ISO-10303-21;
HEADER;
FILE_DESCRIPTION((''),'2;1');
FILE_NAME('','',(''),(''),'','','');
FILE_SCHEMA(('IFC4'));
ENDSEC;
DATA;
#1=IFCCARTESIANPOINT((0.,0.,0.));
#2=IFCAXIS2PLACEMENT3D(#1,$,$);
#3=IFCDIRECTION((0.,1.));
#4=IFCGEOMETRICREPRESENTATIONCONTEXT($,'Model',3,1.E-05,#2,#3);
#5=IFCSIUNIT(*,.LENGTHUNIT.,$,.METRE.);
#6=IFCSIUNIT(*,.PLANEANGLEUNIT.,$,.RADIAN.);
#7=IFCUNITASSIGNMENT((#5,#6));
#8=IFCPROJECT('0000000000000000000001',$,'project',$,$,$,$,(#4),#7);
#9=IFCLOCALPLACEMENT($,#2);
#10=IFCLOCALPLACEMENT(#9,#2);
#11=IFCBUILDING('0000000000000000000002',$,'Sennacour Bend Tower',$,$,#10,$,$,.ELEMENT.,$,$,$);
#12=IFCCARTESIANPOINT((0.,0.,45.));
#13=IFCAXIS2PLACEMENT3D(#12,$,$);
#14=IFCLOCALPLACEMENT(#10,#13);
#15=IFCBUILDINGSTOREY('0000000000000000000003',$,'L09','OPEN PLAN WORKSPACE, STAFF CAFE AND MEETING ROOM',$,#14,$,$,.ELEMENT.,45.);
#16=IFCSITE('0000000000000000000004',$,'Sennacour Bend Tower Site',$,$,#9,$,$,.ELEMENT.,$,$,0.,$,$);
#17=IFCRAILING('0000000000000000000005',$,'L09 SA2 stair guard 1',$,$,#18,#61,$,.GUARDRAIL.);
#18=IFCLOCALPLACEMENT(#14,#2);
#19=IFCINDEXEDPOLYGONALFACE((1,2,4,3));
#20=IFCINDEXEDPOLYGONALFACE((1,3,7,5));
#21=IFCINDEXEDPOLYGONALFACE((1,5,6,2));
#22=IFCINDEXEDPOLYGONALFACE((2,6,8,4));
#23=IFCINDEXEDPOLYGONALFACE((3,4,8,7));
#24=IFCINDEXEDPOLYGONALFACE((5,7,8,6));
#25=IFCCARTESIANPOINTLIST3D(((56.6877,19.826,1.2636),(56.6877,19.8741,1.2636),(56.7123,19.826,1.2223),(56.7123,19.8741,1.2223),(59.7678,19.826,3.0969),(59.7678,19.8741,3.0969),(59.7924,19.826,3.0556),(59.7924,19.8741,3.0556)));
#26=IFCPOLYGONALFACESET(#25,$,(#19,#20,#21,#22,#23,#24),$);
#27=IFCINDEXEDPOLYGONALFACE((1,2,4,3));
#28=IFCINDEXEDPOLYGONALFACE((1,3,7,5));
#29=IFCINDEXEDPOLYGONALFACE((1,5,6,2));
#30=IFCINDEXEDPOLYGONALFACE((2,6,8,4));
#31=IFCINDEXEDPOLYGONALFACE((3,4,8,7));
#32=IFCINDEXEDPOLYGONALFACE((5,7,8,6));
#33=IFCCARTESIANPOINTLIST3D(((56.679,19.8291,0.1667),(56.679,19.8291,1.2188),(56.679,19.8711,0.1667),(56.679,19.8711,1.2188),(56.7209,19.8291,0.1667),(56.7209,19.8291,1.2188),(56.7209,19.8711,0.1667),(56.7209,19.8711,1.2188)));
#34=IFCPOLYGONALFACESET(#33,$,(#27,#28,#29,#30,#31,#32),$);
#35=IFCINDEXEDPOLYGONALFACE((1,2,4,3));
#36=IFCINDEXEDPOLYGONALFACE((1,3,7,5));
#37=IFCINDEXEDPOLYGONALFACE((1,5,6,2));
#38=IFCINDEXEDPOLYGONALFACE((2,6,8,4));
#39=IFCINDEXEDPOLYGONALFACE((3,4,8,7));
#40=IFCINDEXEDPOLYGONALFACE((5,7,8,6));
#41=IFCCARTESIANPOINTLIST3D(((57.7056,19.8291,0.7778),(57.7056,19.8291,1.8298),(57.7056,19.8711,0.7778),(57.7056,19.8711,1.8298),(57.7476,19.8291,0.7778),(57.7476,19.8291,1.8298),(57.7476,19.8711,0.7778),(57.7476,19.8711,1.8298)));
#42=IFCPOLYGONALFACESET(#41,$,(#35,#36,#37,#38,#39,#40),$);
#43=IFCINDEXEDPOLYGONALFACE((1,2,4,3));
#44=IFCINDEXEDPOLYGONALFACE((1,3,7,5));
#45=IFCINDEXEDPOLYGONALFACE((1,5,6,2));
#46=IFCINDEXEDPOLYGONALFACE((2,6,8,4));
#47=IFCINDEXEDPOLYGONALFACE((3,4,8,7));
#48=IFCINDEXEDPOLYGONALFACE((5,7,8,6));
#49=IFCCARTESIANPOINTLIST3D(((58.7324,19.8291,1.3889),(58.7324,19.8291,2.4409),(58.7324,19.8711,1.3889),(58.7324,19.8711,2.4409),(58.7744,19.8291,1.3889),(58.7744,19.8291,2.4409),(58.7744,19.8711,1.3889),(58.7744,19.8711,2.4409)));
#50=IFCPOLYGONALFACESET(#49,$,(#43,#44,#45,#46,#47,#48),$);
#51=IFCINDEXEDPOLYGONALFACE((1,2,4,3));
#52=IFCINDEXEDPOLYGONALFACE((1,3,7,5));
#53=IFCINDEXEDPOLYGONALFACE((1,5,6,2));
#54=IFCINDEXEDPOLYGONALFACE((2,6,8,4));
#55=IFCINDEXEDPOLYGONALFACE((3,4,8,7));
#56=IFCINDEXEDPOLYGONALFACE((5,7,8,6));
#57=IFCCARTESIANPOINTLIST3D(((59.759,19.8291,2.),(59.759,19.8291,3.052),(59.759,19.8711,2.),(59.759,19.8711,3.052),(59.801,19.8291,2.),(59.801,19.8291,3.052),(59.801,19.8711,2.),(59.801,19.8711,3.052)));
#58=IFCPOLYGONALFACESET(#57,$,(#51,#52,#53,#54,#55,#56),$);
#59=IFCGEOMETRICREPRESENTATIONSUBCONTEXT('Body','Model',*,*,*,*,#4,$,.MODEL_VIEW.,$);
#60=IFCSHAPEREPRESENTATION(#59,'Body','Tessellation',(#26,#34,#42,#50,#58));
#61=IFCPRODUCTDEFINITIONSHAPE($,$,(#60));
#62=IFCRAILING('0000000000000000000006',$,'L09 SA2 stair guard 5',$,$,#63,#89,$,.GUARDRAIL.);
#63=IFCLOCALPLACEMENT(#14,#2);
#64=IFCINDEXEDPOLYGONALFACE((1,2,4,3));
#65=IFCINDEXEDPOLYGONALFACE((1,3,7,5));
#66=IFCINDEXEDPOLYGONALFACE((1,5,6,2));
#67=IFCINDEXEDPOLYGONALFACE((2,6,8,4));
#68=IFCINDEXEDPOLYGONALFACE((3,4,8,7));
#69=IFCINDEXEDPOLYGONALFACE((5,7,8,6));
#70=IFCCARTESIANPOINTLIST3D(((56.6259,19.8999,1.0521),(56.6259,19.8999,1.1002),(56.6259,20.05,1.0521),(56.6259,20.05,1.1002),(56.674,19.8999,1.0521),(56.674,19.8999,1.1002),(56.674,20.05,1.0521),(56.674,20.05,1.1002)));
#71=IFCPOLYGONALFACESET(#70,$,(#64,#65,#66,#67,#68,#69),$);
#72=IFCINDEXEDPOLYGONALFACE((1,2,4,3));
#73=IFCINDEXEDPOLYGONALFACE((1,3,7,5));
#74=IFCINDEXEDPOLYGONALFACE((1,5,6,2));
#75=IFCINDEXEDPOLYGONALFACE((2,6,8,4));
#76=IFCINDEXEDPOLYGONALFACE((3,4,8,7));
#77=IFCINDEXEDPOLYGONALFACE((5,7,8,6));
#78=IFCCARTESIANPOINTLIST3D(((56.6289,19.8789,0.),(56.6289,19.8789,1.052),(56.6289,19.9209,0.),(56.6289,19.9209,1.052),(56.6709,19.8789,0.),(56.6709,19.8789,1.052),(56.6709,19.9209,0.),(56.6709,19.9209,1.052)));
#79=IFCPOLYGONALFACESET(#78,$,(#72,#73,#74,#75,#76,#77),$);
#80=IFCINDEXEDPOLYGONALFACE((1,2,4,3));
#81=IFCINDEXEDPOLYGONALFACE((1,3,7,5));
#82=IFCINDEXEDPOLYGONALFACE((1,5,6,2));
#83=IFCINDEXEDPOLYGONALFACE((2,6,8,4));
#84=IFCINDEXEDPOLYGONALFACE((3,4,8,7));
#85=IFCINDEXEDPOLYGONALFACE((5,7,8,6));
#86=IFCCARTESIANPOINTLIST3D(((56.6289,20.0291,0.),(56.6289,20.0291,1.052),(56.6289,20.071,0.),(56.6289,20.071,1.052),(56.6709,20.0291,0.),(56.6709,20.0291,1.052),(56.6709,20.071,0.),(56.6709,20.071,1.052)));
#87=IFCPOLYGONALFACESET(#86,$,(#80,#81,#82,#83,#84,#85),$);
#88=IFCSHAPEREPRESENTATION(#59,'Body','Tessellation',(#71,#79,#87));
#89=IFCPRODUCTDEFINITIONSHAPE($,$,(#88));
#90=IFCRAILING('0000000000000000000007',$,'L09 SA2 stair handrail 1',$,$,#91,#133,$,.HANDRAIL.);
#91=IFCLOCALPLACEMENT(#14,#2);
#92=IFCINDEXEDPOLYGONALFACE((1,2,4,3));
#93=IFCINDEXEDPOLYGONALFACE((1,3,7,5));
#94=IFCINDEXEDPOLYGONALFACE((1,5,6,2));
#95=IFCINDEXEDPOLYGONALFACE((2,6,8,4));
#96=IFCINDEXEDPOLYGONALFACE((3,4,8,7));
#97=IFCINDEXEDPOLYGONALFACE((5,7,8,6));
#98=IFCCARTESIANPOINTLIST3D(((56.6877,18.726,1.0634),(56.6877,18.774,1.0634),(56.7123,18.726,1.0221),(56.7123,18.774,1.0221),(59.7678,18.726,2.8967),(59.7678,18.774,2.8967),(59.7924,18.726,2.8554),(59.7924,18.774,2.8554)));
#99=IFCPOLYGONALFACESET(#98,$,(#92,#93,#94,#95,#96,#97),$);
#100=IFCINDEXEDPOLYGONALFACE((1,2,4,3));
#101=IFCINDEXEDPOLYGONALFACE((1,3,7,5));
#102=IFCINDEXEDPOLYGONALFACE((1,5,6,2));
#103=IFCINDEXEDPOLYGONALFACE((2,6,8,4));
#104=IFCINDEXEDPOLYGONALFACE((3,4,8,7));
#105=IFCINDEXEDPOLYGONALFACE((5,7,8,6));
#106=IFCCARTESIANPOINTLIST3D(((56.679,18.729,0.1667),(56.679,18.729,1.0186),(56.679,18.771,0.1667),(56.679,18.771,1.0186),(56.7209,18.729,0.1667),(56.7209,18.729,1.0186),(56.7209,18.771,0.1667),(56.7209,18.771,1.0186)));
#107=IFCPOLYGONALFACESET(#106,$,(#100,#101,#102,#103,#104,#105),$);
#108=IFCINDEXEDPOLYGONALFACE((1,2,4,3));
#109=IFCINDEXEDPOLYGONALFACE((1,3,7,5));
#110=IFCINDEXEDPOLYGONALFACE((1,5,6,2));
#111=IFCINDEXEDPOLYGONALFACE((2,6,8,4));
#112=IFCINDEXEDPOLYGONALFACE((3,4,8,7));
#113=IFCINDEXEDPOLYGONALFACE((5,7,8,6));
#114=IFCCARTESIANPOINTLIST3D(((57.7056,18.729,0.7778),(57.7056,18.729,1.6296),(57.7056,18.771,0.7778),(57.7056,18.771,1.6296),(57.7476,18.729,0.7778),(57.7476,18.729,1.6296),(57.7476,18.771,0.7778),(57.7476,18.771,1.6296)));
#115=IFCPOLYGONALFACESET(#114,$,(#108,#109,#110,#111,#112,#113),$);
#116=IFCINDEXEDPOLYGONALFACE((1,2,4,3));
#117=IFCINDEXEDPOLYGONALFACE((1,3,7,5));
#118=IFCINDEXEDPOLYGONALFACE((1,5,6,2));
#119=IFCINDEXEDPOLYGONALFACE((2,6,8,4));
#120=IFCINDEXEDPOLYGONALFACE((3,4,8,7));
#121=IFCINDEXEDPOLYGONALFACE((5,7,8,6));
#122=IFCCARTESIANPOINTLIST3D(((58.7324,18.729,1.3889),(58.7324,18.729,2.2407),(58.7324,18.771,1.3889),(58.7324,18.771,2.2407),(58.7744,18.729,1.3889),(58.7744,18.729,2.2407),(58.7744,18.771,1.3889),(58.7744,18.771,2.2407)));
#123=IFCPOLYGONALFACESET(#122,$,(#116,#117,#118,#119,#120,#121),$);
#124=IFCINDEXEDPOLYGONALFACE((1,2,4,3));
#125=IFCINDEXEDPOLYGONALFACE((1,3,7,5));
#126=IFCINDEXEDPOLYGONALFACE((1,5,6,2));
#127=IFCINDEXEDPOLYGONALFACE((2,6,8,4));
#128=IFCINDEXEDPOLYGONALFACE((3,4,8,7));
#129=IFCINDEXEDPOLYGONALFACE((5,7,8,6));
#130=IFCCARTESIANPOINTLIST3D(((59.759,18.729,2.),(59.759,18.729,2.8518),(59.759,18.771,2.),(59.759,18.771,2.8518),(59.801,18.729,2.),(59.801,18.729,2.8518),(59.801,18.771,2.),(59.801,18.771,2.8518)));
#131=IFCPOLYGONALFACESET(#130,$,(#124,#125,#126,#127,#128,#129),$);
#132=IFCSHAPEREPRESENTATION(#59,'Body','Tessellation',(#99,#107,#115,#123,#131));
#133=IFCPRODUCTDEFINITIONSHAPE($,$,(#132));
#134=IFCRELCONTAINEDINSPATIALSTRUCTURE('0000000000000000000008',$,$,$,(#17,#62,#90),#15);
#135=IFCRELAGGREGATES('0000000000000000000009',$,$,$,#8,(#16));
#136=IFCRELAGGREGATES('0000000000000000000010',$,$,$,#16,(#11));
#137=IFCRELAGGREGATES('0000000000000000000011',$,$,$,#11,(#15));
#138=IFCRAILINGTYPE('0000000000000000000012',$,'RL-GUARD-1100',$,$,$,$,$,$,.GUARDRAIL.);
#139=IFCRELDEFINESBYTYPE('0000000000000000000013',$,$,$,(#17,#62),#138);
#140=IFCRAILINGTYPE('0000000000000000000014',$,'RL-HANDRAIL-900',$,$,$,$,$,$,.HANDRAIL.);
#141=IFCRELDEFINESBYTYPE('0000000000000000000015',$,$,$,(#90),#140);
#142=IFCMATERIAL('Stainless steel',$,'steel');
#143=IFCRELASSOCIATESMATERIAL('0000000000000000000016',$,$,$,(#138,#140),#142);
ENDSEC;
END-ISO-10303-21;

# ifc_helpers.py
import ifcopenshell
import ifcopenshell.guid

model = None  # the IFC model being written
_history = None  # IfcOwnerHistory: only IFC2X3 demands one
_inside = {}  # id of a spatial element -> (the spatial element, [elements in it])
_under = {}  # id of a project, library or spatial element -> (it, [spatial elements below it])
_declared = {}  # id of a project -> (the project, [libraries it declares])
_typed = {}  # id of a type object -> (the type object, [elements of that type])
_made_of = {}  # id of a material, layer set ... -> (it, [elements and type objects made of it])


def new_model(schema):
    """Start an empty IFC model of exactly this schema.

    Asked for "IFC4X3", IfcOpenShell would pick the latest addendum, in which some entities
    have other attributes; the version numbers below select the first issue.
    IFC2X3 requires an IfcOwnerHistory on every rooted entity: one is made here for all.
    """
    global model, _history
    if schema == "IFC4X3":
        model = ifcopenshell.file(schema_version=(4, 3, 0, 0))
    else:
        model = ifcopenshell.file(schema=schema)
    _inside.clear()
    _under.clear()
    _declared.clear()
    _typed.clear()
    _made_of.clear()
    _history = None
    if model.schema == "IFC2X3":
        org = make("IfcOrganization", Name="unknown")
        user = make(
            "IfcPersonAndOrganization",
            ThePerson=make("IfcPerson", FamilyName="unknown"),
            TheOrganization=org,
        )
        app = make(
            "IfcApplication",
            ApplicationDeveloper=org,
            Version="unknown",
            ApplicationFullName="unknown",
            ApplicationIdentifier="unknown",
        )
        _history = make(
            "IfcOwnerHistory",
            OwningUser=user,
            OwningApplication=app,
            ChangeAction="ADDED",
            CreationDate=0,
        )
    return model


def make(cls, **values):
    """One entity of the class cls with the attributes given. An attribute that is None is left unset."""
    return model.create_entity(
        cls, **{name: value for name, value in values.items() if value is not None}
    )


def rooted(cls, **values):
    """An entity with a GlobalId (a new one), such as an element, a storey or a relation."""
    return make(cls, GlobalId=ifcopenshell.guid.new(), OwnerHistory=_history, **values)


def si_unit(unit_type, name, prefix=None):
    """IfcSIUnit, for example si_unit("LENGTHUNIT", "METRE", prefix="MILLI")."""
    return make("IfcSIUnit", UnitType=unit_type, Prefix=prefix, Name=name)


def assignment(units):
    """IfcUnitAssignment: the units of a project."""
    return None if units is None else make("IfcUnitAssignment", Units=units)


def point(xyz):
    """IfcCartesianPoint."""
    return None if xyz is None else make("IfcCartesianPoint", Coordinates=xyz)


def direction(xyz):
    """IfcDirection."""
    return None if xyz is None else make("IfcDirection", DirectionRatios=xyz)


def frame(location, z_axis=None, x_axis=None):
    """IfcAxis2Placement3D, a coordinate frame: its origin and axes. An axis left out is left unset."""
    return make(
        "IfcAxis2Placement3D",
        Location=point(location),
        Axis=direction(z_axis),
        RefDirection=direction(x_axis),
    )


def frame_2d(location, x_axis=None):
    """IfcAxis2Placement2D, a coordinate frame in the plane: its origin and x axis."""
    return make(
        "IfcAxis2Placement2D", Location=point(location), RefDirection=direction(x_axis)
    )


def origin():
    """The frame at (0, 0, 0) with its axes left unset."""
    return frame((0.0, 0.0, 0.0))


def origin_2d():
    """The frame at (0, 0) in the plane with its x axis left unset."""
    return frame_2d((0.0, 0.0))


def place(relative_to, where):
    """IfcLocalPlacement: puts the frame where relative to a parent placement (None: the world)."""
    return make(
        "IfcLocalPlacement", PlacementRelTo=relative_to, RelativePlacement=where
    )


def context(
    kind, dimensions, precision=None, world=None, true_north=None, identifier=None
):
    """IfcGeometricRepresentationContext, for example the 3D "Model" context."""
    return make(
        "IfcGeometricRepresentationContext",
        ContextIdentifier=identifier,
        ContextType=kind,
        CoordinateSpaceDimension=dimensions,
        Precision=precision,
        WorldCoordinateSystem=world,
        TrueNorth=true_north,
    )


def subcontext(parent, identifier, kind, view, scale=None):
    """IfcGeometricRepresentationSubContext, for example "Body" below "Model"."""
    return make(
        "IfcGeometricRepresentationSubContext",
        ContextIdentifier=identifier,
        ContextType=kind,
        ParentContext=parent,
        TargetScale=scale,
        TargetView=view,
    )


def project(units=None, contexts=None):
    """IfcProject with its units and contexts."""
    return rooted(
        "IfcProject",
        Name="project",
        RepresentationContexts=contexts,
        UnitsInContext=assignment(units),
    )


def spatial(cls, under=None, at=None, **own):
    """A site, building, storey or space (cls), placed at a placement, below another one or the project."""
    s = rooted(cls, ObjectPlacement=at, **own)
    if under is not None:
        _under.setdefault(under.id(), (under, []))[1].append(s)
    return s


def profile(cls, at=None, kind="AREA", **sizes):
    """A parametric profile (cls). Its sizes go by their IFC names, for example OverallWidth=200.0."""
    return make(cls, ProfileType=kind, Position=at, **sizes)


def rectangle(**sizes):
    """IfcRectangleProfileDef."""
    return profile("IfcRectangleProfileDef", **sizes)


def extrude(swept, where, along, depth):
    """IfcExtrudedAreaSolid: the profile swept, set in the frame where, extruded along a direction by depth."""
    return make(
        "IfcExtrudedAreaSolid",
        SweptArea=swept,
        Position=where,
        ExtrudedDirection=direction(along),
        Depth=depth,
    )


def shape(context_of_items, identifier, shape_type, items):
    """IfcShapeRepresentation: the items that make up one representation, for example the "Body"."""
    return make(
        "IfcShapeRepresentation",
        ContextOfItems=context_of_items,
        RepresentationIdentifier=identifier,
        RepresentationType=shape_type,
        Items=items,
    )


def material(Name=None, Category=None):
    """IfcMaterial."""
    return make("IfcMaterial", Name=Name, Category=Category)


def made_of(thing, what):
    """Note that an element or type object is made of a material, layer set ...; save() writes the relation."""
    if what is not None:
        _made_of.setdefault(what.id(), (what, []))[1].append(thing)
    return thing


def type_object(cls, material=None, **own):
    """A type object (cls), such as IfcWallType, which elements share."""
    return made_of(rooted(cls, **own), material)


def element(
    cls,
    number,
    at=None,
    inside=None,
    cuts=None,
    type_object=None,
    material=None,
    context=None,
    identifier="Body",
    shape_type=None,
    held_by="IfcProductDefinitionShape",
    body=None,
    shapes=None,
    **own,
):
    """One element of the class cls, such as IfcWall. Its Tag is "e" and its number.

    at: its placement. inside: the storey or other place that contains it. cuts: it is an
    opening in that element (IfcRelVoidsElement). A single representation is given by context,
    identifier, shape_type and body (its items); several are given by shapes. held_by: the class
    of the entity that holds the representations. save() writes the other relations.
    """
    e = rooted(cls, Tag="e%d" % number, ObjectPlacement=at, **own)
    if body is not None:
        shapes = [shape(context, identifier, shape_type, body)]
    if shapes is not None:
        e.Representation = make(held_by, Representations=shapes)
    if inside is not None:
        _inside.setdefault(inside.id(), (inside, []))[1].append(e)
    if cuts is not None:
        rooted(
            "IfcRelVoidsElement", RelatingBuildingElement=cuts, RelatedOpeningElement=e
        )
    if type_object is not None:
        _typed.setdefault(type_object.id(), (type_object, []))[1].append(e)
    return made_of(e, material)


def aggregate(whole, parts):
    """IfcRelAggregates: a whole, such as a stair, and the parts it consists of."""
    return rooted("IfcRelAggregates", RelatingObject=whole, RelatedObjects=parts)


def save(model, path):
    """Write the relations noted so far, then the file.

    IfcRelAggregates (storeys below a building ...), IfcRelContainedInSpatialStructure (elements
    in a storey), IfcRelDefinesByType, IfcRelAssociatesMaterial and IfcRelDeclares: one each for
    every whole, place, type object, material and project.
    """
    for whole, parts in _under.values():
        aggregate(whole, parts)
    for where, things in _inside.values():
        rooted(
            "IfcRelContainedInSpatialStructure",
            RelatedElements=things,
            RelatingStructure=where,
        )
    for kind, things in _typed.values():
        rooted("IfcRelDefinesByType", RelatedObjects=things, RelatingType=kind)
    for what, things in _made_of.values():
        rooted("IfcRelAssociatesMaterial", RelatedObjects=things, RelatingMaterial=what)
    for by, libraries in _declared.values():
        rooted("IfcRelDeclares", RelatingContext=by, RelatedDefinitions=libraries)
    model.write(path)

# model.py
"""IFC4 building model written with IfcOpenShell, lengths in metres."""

from ifc_helpers import new_model, si_unit, direction, frame, origin, origin_2d, place, context, subcontext, project, spatial, rectangle, extrude, material, type_object, element, save


model = new_model("IFC4")

# Units and contexts
model_context = context("Model", 3, precision=1e-05, world=origin(), true_north=direction((0.0, 1.0)))
body_context = subcontext(model_context, "Body", "Model", "MODEL_VIEW")
ifc_project = project(units=[si_unit("LENGTHUNIT", "METRE"), si_unit("PLANEANGLEUNIT", "RADIAN")], contexts=[model_context])

# Site, building, storey
site_placement = place(None, origin())
site = spatial("IfcSite", under=ifc_project, at=site_placement, Name="Sennacour Bend Tower Site", CompositionType="ELEMENT", RefElevation=0.0)
building_placement = place(site_placement, origin())
building = spatial("IfcBuilding", under=site, at=building_placement, Name="Sennacour Bend Tower", CompositionType="ELEMENT")
storey_placement = place(building_placement, frame((0.0, 0.0, 45.0)))
storey = spatial("IfcBuildingStorey", under=building, at=storey_placement, Name="L09", Description="OPEN PLAN WORKSPACE, STAFF CAFE AND MEETING ROOM", CompositionType="ELEMENT", Elevation=45.0)

# Shared definitions
ifc_material_1 = material(Name="Stainless steel", Category="steel")

# Railings
railing_type_1 = type_object("IfcRailingType", Name="RL-GUARD-1100", PredefinedType="GUARDRAIL", material=ifc_material_1)
railing_1_placement = place(storey_placement, frame((56.7, 19.8501, 0.1667)))
element("IfcRailing", 1, at=railing_1_placement, inside=storey, type_object=railing_type_1, Name="L09 SA2 stair guard 1", PredefinedType="GUARDRAIL", context=body_context, shape_type="SweptSolid", body=[
    extrude(rectangle(XDim=0.0481, YDim=0.0481, at=origin_2d()), frame((0.0, 0.0, 1.0762), z_axis=(0.859309, 0.0, 0.511458), x_axis=(0.0, 1.0, 0.0)), (0.0, 0.0, 1.0), 3.5845),
    extrude(rectangle(XDim=0.042, YDim=0.042, at=origin_2d()), origin(), (0.0, 0.0, 1.0), 1.052),
    extrude(rectangle(XDim=0.042, YDim=0.042, at=origin_2d()), frame((1.0266, 0.0, 0.6111)), (0.0, 0.0, 1.0), 1.052),
    extrude(rectangle(XDim=0.042, YDim=0.042, at=origin_2d()), frame((2.0535, 0.0, 1.2222)), (0.0, 0.0, 1.0), 1.052),
    extrude(rectangle(XDim=0.042, YDim=0.042, at=origin_2d()), frame((3.0801, 0.0, 1.8333)), (0.0, 0.0, 1.0), 1.052),
])
railing_2_placement = place(storey_placement, frame((56.6499, 19.8999, 0.0)))
element("IfcRailing", 2, at=railing_2_placement, inside=storey, type_object=railing_type_1, Name="L09 SA2 stair guard 5", PredefinedType="GUARDRAIL", context=body_context, shape_type="SweptSolid", body=[
    extrude(rectangle(XDim=0.0481, YDim=0.0481, at=origin_2d()), frame((0.0, 0.0, 1.0762), z_axis=(0.0, 1.0, 0.0), x_axis=(-1.0, 0.0, 0.0)), (0.0, 0.0, 1.0), 0.1501),
    extrude(rectangle(XDim=0.042, YDim=0.042, at=origin_2d()), origin(), (0.0, 0.0, 1.0), 1.052),
    extrude(rectangle(XDim=0.042, YDim=0.042, at=origin_2d()), frame((0.0, 0.1501, 0.0)), (0.0, 0.0, 1.0), 1.052),
])
railing_type_2 = type_object("IfcRailingType", Name="RL-HANDRAIL-900", PredefinedType="HANDRAIL", material=ifc_material_1)
railing_3_placement = place(storey_placement, frame((56.7, 18.75, 0.1667)))
element("IfcRailing", 3, at=railing_3_placement, inside=storey, type_object=railing_type_2, Name="L09 SA2 stair handrail 1", PredefinedType="HANDRAIL", context=body_context, shape_type="SweptSolid", body=[
    extrude(rectangle(XDim=0.0481, YDim=0.0481, at=origin_2d()), frame((0.0, 0.0, 0.876), z_axis=(0.859309, 0.0, 0.511458), x_axis=(0.0, 1.0, 0.0)), (0.0, 0.0, 1.0), 3.5845),
    extrude(rectangle(XDim=0.042, YDim=0.042, at=origin_2d()), origin(), (0.0, 0.0, 1.0), 0.8518),
    extrude(rectangle(XDim=0.042, YDim=0.042, at=origin_2d()), frame((1.0266, 0.0, 0.6111)), (0.0, 0.0, 1.0), 0.8518),
    extrude(rectangle(XDim=0.042, YDim=0.042, at=origin_2d()), frame((2.0535, 0.0, 1.2222)), (0.0, 0.0, 1.0), 0.8518),
    extrude(rectangle(XDim=0.042, YDim=0.042, at=origin_2d()), frame((3.0801, 0.0, 1.8333)), (0.0, 0.0, 1.0), 0.8518),
])

save(model, "model.ifc")
